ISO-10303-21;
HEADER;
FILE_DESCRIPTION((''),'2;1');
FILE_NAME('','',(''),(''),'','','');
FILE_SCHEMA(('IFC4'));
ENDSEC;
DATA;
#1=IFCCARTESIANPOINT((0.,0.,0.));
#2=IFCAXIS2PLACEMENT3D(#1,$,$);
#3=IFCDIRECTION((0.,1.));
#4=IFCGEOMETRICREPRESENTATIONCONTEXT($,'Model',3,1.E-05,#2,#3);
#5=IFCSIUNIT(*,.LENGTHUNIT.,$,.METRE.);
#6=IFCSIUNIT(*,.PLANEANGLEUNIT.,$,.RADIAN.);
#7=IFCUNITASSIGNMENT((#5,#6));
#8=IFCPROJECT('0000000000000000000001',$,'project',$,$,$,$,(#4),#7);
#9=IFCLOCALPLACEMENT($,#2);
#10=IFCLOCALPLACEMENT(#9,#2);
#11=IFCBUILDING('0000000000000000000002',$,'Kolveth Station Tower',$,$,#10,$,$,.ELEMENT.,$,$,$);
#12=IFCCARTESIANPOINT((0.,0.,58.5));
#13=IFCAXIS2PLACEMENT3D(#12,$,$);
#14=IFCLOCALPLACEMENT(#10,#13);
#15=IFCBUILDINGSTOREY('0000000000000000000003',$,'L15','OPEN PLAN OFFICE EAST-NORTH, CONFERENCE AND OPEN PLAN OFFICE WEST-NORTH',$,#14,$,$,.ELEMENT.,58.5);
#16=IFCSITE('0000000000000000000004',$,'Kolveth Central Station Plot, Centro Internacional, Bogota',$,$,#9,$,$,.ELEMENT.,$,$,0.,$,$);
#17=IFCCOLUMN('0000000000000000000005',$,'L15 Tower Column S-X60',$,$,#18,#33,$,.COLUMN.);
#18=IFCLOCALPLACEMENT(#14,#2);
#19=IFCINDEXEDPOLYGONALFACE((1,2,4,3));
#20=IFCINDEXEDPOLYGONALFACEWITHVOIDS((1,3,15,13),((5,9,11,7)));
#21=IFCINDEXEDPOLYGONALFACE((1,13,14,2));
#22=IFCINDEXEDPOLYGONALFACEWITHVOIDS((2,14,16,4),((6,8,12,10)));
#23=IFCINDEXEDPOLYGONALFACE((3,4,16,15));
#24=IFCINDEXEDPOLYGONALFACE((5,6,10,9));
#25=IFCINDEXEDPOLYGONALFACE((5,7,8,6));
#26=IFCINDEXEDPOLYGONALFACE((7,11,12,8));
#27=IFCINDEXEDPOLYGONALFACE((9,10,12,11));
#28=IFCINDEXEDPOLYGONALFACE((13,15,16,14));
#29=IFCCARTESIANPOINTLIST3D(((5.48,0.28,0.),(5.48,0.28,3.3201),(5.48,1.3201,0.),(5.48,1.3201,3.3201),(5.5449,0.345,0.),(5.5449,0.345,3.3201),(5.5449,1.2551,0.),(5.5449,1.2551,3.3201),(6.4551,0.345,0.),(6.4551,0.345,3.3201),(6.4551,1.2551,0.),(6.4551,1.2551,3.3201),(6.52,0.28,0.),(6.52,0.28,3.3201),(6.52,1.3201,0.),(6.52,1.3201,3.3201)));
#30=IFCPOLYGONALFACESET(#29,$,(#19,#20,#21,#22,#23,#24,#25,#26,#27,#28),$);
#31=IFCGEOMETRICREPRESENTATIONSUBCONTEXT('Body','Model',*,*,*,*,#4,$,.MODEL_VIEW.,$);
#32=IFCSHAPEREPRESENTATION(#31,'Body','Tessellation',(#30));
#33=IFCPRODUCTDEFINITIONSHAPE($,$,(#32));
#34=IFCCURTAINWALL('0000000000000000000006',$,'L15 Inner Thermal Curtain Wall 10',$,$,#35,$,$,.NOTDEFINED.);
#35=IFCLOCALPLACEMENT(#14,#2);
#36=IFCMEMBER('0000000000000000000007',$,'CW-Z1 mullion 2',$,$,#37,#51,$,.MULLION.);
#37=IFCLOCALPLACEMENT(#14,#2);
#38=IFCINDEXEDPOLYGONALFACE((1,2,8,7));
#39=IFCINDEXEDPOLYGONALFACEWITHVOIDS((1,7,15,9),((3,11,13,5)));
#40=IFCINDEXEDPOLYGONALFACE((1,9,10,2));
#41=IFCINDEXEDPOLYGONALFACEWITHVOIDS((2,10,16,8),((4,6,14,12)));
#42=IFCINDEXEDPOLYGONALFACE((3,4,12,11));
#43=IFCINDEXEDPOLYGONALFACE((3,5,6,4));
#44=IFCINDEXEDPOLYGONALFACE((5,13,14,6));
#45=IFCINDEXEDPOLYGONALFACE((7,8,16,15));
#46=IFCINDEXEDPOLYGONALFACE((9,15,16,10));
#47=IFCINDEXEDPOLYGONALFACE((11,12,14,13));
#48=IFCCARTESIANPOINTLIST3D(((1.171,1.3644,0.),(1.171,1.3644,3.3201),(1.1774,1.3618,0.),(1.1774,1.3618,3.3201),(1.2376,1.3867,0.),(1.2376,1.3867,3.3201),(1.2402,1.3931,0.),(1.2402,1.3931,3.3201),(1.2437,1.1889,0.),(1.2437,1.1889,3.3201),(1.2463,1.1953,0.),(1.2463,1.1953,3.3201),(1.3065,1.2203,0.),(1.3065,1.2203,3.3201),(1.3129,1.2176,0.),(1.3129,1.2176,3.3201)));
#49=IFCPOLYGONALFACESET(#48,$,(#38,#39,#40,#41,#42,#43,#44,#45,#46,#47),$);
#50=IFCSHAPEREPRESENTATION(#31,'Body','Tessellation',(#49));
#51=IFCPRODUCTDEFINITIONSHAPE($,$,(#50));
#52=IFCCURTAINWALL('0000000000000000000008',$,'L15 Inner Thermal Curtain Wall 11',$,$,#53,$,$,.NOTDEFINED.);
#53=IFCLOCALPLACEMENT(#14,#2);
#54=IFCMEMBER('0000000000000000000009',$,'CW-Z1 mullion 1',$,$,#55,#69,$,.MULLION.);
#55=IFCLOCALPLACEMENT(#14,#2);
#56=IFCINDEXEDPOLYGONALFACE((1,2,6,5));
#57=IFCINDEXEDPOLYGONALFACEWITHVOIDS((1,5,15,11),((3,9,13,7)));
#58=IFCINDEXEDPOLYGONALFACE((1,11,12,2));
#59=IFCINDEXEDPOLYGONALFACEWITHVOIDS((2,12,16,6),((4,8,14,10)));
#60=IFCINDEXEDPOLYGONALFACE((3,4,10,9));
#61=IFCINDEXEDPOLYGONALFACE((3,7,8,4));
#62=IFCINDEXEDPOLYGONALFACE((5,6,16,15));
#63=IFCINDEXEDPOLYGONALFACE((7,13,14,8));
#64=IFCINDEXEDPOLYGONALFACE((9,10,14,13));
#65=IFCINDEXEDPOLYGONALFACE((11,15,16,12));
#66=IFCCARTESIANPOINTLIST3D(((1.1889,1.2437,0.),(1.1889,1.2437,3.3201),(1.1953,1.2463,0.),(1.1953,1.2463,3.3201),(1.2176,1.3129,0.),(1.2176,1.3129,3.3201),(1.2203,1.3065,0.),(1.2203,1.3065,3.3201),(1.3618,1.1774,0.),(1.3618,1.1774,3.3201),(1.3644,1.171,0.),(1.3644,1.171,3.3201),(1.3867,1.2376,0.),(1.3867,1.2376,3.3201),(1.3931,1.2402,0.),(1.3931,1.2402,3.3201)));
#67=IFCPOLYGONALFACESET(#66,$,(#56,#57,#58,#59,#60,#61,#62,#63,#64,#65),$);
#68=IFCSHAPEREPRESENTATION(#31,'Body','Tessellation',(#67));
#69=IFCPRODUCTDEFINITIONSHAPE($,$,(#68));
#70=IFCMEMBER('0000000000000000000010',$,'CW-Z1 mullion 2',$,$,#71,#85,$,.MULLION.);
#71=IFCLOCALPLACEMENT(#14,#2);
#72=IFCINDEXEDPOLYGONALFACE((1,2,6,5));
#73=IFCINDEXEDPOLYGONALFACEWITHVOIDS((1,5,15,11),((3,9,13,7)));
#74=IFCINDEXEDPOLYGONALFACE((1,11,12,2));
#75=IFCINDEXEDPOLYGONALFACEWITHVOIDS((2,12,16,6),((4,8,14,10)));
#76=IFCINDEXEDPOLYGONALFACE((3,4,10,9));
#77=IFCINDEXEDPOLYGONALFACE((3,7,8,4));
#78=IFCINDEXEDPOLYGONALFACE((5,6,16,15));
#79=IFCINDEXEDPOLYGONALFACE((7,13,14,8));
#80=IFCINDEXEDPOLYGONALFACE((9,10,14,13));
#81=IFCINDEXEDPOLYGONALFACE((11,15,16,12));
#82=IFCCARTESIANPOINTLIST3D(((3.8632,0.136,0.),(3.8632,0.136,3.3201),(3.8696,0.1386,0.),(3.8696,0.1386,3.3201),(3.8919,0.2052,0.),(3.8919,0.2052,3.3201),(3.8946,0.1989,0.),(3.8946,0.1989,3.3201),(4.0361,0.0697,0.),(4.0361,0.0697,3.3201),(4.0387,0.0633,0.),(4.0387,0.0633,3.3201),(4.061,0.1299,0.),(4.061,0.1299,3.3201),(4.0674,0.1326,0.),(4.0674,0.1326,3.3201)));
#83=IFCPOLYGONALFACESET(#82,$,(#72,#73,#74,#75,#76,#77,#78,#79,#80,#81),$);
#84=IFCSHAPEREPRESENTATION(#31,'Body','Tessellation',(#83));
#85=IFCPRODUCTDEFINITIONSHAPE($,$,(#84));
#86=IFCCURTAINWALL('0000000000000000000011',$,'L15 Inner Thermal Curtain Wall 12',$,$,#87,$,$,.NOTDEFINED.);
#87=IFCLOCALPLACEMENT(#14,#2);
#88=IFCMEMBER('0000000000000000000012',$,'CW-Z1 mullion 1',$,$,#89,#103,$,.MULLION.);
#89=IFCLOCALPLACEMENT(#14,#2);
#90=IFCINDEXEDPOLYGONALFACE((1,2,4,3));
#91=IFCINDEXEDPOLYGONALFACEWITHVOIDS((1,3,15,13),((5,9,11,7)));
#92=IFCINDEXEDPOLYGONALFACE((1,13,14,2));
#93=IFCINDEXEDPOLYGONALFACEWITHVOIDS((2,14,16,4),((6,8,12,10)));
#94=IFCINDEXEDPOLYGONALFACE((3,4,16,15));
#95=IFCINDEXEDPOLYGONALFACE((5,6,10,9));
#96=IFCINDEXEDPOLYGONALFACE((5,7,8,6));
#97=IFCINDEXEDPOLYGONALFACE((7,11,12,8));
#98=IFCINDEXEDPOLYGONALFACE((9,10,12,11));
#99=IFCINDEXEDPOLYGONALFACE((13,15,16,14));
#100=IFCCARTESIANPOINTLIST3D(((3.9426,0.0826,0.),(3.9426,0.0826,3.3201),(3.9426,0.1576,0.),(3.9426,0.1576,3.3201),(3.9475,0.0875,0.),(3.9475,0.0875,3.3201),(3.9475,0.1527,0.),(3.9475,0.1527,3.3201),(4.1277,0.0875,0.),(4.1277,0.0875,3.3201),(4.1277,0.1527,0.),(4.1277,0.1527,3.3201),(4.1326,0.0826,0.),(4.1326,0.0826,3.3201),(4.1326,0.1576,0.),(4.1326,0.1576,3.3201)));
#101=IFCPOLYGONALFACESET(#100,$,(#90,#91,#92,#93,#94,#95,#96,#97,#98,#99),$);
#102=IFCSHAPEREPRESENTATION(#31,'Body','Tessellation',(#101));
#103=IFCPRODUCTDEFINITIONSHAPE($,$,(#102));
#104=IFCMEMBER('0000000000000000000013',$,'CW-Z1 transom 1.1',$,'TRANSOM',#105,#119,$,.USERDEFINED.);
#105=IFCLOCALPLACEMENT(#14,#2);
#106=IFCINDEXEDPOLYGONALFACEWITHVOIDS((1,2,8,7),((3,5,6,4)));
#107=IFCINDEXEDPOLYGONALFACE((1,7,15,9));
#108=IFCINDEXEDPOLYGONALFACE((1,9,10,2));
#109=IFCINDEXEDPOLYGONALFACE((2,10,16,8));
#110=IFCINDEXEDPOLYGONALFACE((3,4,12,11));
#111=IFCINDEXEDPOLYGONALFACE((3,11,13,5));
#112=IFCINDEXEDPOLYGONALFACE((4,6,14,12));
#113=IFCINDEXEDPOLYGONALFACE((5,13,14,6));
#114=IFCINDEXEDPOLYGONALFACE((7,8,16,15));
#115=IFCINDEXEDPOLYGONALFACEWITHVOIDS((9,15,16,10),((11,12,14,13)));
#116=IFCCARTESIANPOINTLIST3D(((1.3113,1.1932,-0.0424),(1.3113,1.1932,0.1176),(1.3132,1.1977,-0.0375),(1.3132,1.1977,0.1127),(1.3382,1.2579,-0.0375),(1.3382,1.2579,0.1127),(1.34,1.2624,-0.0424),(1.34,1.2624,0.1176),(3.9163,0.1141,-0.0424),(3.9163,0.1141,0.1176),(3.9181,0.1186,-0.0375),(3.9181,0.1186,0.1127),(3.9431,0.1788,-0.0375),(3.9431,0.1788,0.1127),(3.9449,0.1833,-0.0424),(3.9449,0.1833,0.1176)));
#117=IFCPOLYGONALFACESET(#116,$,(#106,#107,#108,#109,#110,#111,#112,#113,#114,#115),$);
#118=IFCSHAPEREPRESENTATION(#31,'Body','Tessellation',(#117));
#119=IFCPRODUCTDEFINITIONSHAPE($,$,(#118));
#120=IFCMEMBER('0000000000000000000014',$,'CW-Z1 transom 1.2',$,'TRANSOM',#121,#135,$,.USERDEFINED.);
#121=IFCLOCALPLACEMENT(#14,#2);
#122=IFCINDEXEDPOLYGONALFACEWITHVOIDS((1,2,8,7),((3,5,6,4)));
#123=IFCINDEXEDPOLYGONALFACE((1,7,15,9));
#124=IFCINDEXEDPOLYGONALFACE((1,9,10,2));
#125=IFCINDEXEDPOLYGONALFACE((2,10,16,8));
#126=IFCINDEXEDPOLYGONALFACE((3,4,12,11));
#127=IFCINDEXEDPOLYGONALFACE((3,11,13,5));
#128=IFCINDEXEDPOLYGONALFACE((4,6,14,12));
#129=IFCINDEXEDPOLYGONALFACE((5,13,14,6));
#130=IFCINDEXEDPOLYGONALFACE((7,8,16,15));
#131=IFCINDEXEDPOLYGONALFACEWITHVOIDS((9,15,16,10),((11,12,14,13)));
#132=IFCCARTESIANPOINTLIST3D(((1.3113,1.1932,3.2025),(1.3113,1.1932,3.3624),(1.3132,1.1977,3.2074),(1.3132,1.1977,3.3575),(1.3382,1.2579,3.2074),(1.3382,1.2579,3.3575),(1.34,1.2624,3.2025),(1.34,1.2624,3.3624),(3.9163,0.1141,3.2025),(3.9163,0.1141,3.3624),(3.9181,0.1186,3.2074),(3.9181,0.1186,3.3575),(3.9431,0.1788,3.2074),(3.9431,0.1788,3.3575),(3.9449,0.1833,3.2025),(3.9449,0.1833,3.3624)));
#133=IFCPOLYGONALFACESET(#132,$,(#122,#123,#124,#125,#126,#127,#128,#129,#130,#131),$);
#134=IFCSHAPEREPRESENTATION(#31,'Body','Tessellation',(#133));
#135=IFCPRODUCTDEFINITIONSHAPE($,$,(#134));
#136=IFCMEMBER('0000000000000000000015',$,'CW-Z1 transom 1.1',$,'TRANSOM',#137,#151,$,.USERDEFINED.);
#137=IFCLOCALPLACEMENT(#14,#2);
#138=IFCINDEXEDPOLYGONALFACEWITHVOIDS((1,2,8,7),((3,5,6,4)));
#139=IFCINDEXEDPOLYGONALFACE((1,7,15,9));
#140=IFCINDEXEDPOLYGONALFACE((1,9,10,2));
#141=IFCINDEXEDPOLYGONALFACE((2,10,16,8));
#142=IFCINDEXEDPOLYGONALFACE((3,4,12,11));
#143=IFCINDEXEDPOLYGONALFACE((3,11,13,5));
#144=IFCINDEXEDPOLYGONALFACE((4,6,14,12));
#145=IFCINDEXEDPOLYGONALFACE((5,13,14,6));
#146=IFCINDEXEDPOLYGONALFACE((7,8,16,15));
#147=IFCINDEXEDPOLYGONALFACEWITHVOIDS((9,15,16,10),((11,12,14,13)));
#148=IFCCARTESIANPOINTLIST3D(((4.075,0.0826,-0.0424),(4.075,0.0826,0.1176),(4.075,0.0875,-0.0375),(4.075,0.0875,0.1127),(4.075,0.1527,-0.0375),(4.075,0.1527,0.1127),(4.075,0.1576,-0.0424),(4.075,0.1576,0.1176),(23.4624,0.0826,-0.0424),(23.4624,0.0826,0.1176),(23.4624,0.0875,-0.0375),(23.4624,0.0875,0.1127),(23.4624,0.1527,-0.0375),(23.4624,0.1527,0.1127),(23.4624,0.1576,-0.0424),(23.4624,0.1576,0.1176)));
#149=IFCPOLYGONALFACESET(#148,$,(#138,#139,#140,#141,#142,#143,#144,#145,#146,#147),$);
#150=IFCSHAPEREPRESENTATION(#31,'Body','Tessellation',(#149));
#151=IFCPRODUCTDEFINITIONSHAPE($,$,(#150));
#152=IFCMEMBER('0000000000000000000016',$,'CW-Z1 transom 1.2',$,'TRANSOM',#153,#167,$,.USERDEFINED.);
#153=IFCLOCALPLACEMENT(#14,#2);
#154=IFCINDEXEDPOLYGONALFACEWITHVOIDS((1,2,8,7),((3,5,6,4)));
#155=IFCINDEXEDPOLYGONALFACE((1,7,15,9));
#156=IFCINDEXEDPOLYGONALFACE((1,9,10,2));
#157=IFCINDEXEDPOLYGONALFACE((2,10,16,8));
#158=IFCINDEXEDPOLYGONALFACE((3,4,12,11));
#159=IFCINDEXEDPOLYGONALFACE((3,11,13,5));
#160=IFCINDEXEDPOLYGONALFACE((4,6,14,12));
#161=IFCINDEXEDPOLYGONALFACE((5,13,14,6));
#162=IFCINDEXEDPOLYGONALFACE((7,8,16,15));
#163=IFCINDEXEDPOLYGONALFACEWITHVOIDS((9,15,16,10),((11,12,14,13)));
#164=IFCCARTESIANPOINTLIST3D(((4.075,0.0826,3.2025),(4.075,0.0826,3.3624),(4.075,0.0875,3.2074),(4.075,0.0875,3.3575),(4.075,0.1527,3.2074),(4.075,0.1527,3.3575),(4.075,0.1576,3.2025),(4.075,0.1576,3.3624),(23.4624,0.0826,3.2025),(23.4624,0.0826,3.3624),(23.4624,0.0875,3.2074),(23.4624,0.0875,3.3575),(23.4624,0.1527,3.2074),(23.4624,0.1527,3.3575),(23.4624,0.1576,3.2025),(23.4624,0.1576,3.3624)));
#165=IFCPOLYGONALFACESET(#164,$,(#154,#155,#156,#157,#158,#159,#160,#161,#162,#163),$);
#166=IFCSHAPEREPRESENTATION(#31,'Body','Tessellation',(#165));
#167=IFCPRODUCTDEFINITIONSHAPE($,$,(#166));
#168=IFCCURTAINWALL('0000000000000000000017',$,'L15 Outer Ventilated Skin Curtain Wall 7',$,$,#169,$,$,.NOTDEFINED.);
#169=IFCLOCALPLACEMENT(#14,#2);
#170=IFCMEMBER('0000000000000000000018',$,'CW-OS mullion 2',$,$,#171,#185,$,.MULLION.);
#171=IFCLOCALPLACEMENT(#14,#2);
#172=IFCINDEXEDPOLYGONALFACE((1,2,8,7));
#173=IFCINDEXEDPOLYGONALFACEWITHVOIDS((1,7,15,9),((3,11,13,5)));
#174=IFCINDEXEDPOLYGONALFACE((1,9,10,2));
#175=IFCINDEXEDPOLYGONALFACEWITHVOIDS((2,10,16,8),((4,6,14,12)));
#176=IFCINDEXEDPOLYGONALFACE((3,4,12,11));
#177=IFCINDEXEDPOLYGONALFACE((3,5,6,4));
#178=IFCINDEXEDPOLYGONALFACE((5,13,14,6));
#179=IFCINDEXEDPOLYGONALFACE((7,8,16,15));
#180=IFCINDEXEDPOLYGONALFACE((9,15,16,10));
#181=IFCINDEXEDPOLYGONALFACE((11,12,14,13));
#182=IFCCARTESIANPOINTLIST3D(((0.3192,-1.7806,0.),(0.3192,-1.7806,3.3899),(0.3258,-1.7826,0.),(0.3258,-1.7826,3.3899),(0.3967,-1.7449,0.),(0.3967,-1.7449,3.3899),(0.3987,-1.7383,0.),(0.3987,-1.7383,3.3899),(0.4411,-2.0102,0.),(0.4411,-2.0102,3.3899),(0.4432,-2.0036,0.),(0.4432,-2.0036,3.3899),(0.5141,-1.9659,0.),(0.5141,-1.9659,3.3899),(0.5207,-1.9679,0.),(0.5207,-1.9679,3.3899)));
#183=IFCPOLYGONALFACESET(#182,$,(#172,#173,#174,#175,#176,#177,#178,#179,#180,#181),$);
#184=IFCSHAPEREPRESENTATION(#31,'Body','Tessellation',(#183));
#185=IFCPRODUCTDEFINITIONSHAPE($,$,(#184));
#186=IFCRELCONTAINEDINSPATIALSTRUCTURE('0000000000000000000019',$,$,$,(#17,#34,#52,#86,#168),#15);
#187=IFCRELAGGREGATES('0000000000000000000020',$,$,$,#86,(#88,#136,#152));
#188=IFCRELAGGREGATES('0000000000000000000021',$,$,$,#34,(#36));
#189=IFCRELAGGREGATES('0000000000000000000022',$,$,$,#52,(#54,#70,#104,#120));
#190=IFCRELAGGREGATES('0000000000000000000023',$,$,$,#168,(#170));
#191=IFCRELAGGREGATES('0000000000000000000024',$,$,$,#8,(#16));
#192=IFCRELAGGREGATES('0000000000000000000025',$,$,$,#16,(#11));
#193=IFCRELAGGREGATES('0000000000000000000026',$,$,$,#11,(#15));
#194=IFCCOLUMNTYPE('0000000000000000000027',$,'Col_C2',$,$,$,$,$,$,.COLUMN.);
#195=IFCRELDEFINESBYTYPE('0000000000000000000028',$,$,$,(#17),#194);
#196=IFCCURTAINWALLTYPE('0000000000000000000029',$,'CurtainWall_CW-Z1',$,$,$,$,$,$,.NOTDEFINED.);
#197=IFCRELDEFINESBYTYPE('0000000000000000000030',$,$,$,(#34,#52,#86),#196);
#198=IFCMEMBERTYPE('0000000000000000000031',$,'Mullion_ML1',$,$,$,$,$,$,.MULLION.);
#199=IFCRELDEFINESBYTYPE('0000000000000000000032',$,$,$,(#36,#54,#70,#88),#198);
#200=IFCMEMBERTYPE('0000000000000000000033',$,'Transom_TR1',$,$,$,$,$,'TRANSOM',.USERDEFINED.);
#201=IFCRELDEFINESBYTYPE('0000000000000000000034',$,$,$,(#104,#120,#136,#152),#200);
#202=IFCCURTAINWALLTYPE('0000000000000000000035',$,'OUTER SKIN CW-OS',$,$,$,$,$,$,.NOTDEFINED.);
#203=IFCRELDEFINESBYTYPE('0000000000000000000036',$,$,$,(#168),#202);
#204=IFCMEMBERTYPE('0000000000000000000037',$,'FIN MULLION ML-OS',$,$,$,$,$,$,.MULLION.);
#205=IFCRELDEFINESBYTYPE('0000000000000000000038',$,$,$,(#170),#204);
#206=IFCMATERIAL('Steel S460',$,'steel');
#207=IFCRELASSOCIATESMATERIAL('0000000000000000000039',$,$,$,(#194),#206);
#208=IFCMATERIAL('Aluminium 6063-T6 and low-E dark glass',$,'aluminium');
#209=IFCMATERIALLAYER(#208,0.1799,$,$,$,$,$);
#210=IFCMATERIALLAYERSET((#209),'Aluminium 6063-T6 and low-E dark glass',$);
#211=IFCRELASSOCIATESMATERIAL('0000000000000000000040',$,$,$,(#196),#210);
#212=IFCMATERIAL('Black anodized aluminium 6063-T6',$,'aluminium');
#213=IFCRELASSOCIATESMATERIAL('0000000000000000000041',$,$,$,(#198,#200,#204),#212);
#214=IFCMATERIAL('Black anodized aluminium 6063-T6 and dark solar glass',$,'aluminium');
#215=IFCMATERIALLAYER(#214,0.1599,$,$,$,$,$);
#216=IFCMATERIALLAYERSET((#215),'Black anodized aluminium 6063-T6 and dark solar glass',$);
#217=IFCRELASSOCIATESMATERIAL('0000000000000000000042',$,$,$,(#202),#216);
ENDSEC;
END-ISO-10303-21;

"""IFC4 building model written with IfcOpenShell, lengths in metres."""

from ifc_helpers import new_model, si_unit, direction, frame, origin, origin_2d, place, context, subcontext, project, spatial, hollow_rectangle, extrude, source, transform, mapped, material, layer, layer_set, material_profile, profile_set, type_object, element, aggregate, save


model = new_model("IFC4")

# Units and contexts
model_context = context("Model", 3, precision=1e-05, world=origin(), true_north=direction((0.0, 1.0)))
body_context = subcontext(model_context, "Body", "Model", "MODEL_VIEW")
ifc_project = project(units=[si_unit("LENGTHUNIT", "METRE"), si_unit("PLANEANGLEUNIT", "RADIAN")], contexts=[model_context])

# Site, building, storey
site_placement = place(None, origin())
site = spatial("IfcSite", under=ifc_project, at=site_placement, Name="Kolveth Central Station Plot, Centro Internacional, Bogota", CompositionType="ELEMENT", RefElevation=0.0)
building_placement = place(site_placement, origin())
building = spatial("IfcBuilding", under=site, at=building_placement, Name="Kolveth Station Tower", CompositionType="ELEMENT")
storey_placement = place(building_placement, frame((0.0, 0.0, 58.5)))
storey = spatial("IfcBuildingStorey", under=building, at=storey_placement, Name="L15", Description="OPEN PLAN OFFICE EAST-NORTH, CONFERENCE AND OPEN PLAN OFFICE WEST-NORTH", CompositionType="ELEMENT", Elevation=58.5)

# Column
ifc_material_1 = material(Name="Steel S460", Category="steel")
ifc_material_profile_1 = material_profile(ifc_material_1, hollow_rectangle(XDim=1.04, YDim=1.04, WallThickness=0.0649, at=origin_2d()), Name="BOX1040x1040x65")
ifc_profile_set_1 = profile_set([ifc_material_profile_1], Name="Steel S460")
column_type = type_object("IfcColumnType", Name="Col_C2", PredefinedType="COLUMN", material=ifc_profile_set_1)
shared_shape_1 = source(origin(), body_context, "Body", "SweptSolid", [
    extrude(hollow_rectangle(XDim=1.04, YDim=1.04, WallThickness=0.0649, at=origin_2d()), origin(), (0.0, 0.0, 1.0), 3.3201),
])
column_placement = place(storey_placement, frame((6.0, 0.8, 0.0), z_axis=(0.0, 0.0, 1.0), x_axis=(1.0, 0.0, 0.0)))
element("IfcColumn", 1, at=column_placement, inside=storey, type_object=column_type, Name="L15 Tower Column S-X60", PredefinedType="COLUMN", context=body_context, shape_type="MappedRepresentation", body=[
    mapped(shared_shape_1, transform((0.0, 0.0, 0.0), x_axis=(1.0, 0.0, 0.0), y_axis=(0.0, 1.0, 0.0), z_axis=(0.0, 0.0, 1.0), scale=1.0)),
])

# Curtain wall, member
ifc_material_2 = material(Name="Aluminium 6063-T6 and low-E dark glass", Category="aluminium")
ifc_layer_1 = layer(ifc_material_2, 0.1799)
ifc_layer_set_1 = layer_set([ifc_layer_1], Name="Aluminium 6063-T6 and low-E dark glass")
curtain_wall_type_1 = type_object("IfcCurtainWallType", Name="CurtainWall_CW-Z1", PredefinedType="NOTDEFINED", material=ifc_layer_set_1)
curtain_wall_1_placement = place(storey_placement, origin())
curtain_wall_1 = element("IfcCurtainWall", 2, at=curtain_wall_1_placement, inside=storey, type_object=curtain_wall_type_1, Name="L15 Inner Thermal Curtain Wall 10", PredefinedType="NOTDEFINED")
ifc_material_3 = material(Name="Black anodized aluminium 6063-T6", Category="aluminium")
ifc_material_profile_2 = material_profile(ifc_material_3, hollow_rectangle(XDim=0.075, YDim=0.1899, WallThickness=0.0049, at=origin_2d()), Name="ALU-75x190x5")
ifc_profile_set_2 = profile_set([ifc_material_profile_2], Name="Black anodized aluminium 6063-T6")
member_type_1 = type_object("IfcMemberType", Name="Mullion_ML1", PredefinedType="MULLION", material=ifc_profile_set_2)
shared_shape_2 = source(origin(), body_context, "Body", "SweptSolid", [
    extrude(hollow_rectangle(XDim=0.075, YDim=0.1899, WallThickness=0.0049, at=origin_2d()), origin(), (0.0, 0.0, 1.0), 3.3201),
])
member_1_placement = place(storey_placement, frame((1.2419, 1.291, 0.0), z_axis=(0.0, 0.0, 1.0), x_axis=(0.923884, 0.382673, 0.0)))
member_1 = element("IfcMember", 3, at=member_1_placement, type_object=member_type_1, Name="CW-Z1 mullion 2", PredefinedType="MULLION", context=body_context, shape_type="MappedRepresentation", body=[
    mapped(shared_shape_2, transform((0.0, 0.0, 0.0), x_axis=(1.0, 0.0, 0.0), y_axis=(0.0, 1.0, 0.0), z_axis=(0.0, 0.0, 1.0), scale=1.0)),
])

# Curtain wall, members
curtain_wall_2_placement = place(storey_placement, origin())
curtain_wall_2 = element("IfcCurtainWall", 4, at=curtain_wall_2_placement, inside=storey, type_object=curtain_wall_type_1, Name="L15 Inner Thermal Curtain Wall 11", PredefinedType="NOTDEFINED")
member_2_placement = place(storey_placement, frame((1.291, 1.2419, 0.0), z_axis=(0.0, 0.0, 1.0), x_axis=(0.382673, 0.923884, 0.0)))
member_2 = element("IfcMember", 5, at=member_2_placement, type_object=member_type_1, Name="CW-Z1 mullion 1", PredefinedType="MULLION", context=body_context, shape_type="MappedRepresentation", body=[
    mapped(shared_shape_2, transform((0.0, 0.0, 0.0), x_axis=(1.0, 0.0, 0.0), y_axis=(0.0, 1.0, 0.0), z_axis=(0.0, 0.0, 1.0), scale=1.0)),
])
member_3_placement = place(storey_placement, frame((3.9653, 0.1343, 0.0), z_axis=(0.0, 0.0, 1.0), x_axis=(0.382673, 0.923884, 0.0)))
member_3 = element("IfcMember", 6, at=member_3_placement, type_object=member_type_1, Name="CW-Z1 mullion 2", PredefinedType="MULLION", context=body_context, shape_type="MappedRepresentation", body=[
    mapped(shared_shape_2, transform((0.0, 0.0, 0.0), x_axis=(1.0, 0.0, 0.0), y_axis=(0.0, 1.0, 0.0), z_axis=(0.0, 0.0, 1.0), scale=1.0)),
])

# Curtain wall, member
curtain_wall_3_placement = place(storey_placement, origin())
curtain_wall_3 = element("IfcCurtainWall", 7, at=curtain_wall_3_placement, inside=storey, type_object=curtain_wall_type_1, Name="L15 Inner Thermal Curtain Wall 12", PredefinedType="NOTDEFINED")
member_4_placement = place(storey_placement, frame((4.0376, 0.1201, 0.0), z_axis=(0.0, 0.0, 1.0), x_axis=(0.0, 1.0, 0.0)))
member_4 = element("IfcMember", 8, at=member_4_placement, type_object=member_type_1, Name="CW-Z1 mullion 1", PredefinedType="MULLION", context=body_context, shape_type="MappedRepresentation", body=[
    mapped(shared_shape_2, transform((0.0, 0.0, 0.0), x_axis=(1.0, 0.0, 0.0), y_axis=(0.0, 1.0, 0.0), z_axis=(0.0, 0.0, 1.0), scale=1.0)),
])

# Members
ifc_material_profile_3 = material_profile(ifc_material_3, hollow_rectangle(XDim=0.075, YDim=0.1599, WallThickness=0.0049, at=origin_2d()), Name="ALU-75x160x5")
ifc_profile_set_3 = profile_set([ifc_material_profile_3], Name="Black anodized aluminium 6063-T6")
member_type_2 = type_object("IfcMemberType", Name="Transom_TR1", ElementType="TRANSOM", PredefinedType="USERDEFINED", material=ifc_profile_set_3)
shared_shape_3 = source(origin(), body_context, "Body", "SweptSolid", [
    extrude(hollow_rectangle(XDim=0.075, YDim=0.1599, WallThickness=0.0049, at=origin_2d()), origin(), (0.0, 0.0, 1.0), 2.8196),
])
member_5_placement = place(storey_placement, frame((1.3257, 1.2278, 0.0376), z_axis=(0.923869, -0.382709, 0.0), x_axis=(0.382709, 0.923869, 0.0)))
member_5 = element("IfcMember", 9, at=member_5_placement, type_object=member_type_2, Name="CW-Z1 transom 1.1", ObjectType="TRANSOM", PredefinedType="USERDEFINED", context=body_context, shape_type="MappedRepresentation", body=[
    mapped(shared_shape_3, transform((0.0, 0.0, 0.0), x_axis=(1.0, 0.0, 0.0), y_axis=(0.0, 1.0, 0.0), z_axis=(0.0, 0.0, 1.0), scale=1.0)),
])
member_6_placement = place(storey_placement, frame((1.3257, 1.2278, 3.2825), z_axis=(0.923869, -0.382709, 0.0), x_axis=(0.382709, 0.923869, 0.0)))
member_6 = element("IfcMember", 10, at=member_6_placement, type_object=member_type_2, Name="CW-Z1 transom 1.2", ObjectType="TRANSOM", PredefinedType="USERDEFINED", context=body_context, shape_type="MappedRepresentation", body=[
    mapped(shared_shape_3, transform((0.0, 0.0, 0.0), x_axis=(1.0, 0.0, 0.0), y_axis=(0.0, 1.0, 0.0), z_axis=(0.0, 0.0, 1.0), scale=1.0)),
])
shared_shape_4 = source(origin(), body_context, "Body", "SweptSolid", [
    extrude(hollow_rectangle(XDim=0.075, YDim=0.1599, WallThickness=0.0049, at=origin_2d()), origin(), (0.0, 0.0, 1.0), 19.3875),
])
member_7_placement = place(storey_placement, frame((4.075, 0.1201, 0.0376), z_axis=(1.0, 0.0, 0.0), x_axis=(0.0, 1.0, 0.0)))
member_7 = element("IfcMember", 11, at=member_7_placement, type_object=member_type_2, Name="CW-Z1 transom 1.1", ObjectType="TRANSOM", PredefinedType="USERDEFINED", context=body_context, shape_type="MappedRepresentation", body=[
    mapped(shared_shape_4, transform((0.0, 0.0, 0.0), x_axis=(1.0, 0.0, 0.0), y_axis=(0.0, 1.0, 0.0), z_axis=(0.0, 0.0, 1.0), scale=1.0)),
])
member_8_placement = place(storey_placement, frame((4.075, 0.1201, 3.2825), z_axis=(1.0, 0.0, 0.0), x_axis=(0.0, 1.0, 0.0)))
member_8 = element("IfcMember", 12, at=member_8_placement, type_object=member_type_2, Name="CW-Z1 transom 1.2", ObjectType="TRANSOM", PredefinedType="USERDEFINED", context=body_context, shape_type="MappedRepresentation", body=[
    mapped(shared_shape_4, transform((0.0, 0.0, 0.0), x_axis=(1.0, 0.0, 0.0), y_axis=(0.0, 1.0, 0.0), z_axis=(0.0, 0.0, 1.0), scale=1.0)),
])
aggregate(curtain_wall_3, [member_4, member_7, member_8])

# Curtain wall, member
ifc_material_4 = material(Name="Black anodized aluminium 6063-T6 and dark solar glass", Category="aluminium")
ifc_layer_2 = layer(ifc_material_4, 0.1599)
ifc_layer_set_2 = layer_set([ifc_layer_2], Name="Black anodized aluminium 6063-T6 and dark solar glass")
curtain_wall_type_2 = type_object("IfcCurtainWallType", Name="OUTER SKIN CW-OS", PredefinedType="NOTDEFINED", material=ifc_layer_set_2)
curtain_wall_4_placement = place(storey_placement, origin())
curtain_wall_4 = element("IfcCurtainWall", 13, at=curtain_wall_4_placement, inside=storey, type_object=curtain_wall_type_2, Name="L15 Outer Ventilated Skin Curtain Wall 7", PredefinedType="NOTDEFINED")
ifc_material_profile_4 = material_profile(ifc_material_3, hollow_rectangle(XDim=0.0901, YDim=0.26, WallThickness=0.0049, at=origin_2d()), Name="ALU-90x260x5")
ifc_profile_set_4 = profile_set([ifc_material_profile_4], Name="Black anodized aluminium 6063-T6")
member_type_3 = type_object("IfcMemberType", Name="FIN MULLION ML-OS", PredefinedType="MULLION", material=ifc_profile_set_4)
shared_shape_5 = source(origin(), body_context, "Body", "SweptSolid", [
    extrude(hollow_rectangle(XDim=0.0901, YDim=0.26, WallThickness=0.0049, at=origin_2d()), origin(), (0.0, 0.0, 1.0), 3.3899),
])
member_9_placement = place(storey_placement, frame((0.4199, -1.8743, 0.0), z_axis=(0.0, 0.0, 1.0), x_axis=(0.883139, 0.469111, 0.0)))
member_9 = element("IfcMember", 14, at=member_9_placement, type_object=member_type_3, Name="CW-OS mullion 2", PredefinedType="MULLION", context=body_context, shape_type="MappedRepresentation", body=[
    mapped(shared_shape_5, transform((0.0, 0.0, 0.0), x_axis=(1.0, 0.0, 0.0), y_axis=(0.0, 1.0, 0.0), z_axis=(0.0, 0.0, 1.0), scale=1.0)),
])

aggregate(curtain_wall_1, [member_1])
aggregate(curtain_wall_2, [member_2, member_3, member_5, member_6])
aggregate(curtain_wall_4, [member_9])

save(model, "model.ifc")
